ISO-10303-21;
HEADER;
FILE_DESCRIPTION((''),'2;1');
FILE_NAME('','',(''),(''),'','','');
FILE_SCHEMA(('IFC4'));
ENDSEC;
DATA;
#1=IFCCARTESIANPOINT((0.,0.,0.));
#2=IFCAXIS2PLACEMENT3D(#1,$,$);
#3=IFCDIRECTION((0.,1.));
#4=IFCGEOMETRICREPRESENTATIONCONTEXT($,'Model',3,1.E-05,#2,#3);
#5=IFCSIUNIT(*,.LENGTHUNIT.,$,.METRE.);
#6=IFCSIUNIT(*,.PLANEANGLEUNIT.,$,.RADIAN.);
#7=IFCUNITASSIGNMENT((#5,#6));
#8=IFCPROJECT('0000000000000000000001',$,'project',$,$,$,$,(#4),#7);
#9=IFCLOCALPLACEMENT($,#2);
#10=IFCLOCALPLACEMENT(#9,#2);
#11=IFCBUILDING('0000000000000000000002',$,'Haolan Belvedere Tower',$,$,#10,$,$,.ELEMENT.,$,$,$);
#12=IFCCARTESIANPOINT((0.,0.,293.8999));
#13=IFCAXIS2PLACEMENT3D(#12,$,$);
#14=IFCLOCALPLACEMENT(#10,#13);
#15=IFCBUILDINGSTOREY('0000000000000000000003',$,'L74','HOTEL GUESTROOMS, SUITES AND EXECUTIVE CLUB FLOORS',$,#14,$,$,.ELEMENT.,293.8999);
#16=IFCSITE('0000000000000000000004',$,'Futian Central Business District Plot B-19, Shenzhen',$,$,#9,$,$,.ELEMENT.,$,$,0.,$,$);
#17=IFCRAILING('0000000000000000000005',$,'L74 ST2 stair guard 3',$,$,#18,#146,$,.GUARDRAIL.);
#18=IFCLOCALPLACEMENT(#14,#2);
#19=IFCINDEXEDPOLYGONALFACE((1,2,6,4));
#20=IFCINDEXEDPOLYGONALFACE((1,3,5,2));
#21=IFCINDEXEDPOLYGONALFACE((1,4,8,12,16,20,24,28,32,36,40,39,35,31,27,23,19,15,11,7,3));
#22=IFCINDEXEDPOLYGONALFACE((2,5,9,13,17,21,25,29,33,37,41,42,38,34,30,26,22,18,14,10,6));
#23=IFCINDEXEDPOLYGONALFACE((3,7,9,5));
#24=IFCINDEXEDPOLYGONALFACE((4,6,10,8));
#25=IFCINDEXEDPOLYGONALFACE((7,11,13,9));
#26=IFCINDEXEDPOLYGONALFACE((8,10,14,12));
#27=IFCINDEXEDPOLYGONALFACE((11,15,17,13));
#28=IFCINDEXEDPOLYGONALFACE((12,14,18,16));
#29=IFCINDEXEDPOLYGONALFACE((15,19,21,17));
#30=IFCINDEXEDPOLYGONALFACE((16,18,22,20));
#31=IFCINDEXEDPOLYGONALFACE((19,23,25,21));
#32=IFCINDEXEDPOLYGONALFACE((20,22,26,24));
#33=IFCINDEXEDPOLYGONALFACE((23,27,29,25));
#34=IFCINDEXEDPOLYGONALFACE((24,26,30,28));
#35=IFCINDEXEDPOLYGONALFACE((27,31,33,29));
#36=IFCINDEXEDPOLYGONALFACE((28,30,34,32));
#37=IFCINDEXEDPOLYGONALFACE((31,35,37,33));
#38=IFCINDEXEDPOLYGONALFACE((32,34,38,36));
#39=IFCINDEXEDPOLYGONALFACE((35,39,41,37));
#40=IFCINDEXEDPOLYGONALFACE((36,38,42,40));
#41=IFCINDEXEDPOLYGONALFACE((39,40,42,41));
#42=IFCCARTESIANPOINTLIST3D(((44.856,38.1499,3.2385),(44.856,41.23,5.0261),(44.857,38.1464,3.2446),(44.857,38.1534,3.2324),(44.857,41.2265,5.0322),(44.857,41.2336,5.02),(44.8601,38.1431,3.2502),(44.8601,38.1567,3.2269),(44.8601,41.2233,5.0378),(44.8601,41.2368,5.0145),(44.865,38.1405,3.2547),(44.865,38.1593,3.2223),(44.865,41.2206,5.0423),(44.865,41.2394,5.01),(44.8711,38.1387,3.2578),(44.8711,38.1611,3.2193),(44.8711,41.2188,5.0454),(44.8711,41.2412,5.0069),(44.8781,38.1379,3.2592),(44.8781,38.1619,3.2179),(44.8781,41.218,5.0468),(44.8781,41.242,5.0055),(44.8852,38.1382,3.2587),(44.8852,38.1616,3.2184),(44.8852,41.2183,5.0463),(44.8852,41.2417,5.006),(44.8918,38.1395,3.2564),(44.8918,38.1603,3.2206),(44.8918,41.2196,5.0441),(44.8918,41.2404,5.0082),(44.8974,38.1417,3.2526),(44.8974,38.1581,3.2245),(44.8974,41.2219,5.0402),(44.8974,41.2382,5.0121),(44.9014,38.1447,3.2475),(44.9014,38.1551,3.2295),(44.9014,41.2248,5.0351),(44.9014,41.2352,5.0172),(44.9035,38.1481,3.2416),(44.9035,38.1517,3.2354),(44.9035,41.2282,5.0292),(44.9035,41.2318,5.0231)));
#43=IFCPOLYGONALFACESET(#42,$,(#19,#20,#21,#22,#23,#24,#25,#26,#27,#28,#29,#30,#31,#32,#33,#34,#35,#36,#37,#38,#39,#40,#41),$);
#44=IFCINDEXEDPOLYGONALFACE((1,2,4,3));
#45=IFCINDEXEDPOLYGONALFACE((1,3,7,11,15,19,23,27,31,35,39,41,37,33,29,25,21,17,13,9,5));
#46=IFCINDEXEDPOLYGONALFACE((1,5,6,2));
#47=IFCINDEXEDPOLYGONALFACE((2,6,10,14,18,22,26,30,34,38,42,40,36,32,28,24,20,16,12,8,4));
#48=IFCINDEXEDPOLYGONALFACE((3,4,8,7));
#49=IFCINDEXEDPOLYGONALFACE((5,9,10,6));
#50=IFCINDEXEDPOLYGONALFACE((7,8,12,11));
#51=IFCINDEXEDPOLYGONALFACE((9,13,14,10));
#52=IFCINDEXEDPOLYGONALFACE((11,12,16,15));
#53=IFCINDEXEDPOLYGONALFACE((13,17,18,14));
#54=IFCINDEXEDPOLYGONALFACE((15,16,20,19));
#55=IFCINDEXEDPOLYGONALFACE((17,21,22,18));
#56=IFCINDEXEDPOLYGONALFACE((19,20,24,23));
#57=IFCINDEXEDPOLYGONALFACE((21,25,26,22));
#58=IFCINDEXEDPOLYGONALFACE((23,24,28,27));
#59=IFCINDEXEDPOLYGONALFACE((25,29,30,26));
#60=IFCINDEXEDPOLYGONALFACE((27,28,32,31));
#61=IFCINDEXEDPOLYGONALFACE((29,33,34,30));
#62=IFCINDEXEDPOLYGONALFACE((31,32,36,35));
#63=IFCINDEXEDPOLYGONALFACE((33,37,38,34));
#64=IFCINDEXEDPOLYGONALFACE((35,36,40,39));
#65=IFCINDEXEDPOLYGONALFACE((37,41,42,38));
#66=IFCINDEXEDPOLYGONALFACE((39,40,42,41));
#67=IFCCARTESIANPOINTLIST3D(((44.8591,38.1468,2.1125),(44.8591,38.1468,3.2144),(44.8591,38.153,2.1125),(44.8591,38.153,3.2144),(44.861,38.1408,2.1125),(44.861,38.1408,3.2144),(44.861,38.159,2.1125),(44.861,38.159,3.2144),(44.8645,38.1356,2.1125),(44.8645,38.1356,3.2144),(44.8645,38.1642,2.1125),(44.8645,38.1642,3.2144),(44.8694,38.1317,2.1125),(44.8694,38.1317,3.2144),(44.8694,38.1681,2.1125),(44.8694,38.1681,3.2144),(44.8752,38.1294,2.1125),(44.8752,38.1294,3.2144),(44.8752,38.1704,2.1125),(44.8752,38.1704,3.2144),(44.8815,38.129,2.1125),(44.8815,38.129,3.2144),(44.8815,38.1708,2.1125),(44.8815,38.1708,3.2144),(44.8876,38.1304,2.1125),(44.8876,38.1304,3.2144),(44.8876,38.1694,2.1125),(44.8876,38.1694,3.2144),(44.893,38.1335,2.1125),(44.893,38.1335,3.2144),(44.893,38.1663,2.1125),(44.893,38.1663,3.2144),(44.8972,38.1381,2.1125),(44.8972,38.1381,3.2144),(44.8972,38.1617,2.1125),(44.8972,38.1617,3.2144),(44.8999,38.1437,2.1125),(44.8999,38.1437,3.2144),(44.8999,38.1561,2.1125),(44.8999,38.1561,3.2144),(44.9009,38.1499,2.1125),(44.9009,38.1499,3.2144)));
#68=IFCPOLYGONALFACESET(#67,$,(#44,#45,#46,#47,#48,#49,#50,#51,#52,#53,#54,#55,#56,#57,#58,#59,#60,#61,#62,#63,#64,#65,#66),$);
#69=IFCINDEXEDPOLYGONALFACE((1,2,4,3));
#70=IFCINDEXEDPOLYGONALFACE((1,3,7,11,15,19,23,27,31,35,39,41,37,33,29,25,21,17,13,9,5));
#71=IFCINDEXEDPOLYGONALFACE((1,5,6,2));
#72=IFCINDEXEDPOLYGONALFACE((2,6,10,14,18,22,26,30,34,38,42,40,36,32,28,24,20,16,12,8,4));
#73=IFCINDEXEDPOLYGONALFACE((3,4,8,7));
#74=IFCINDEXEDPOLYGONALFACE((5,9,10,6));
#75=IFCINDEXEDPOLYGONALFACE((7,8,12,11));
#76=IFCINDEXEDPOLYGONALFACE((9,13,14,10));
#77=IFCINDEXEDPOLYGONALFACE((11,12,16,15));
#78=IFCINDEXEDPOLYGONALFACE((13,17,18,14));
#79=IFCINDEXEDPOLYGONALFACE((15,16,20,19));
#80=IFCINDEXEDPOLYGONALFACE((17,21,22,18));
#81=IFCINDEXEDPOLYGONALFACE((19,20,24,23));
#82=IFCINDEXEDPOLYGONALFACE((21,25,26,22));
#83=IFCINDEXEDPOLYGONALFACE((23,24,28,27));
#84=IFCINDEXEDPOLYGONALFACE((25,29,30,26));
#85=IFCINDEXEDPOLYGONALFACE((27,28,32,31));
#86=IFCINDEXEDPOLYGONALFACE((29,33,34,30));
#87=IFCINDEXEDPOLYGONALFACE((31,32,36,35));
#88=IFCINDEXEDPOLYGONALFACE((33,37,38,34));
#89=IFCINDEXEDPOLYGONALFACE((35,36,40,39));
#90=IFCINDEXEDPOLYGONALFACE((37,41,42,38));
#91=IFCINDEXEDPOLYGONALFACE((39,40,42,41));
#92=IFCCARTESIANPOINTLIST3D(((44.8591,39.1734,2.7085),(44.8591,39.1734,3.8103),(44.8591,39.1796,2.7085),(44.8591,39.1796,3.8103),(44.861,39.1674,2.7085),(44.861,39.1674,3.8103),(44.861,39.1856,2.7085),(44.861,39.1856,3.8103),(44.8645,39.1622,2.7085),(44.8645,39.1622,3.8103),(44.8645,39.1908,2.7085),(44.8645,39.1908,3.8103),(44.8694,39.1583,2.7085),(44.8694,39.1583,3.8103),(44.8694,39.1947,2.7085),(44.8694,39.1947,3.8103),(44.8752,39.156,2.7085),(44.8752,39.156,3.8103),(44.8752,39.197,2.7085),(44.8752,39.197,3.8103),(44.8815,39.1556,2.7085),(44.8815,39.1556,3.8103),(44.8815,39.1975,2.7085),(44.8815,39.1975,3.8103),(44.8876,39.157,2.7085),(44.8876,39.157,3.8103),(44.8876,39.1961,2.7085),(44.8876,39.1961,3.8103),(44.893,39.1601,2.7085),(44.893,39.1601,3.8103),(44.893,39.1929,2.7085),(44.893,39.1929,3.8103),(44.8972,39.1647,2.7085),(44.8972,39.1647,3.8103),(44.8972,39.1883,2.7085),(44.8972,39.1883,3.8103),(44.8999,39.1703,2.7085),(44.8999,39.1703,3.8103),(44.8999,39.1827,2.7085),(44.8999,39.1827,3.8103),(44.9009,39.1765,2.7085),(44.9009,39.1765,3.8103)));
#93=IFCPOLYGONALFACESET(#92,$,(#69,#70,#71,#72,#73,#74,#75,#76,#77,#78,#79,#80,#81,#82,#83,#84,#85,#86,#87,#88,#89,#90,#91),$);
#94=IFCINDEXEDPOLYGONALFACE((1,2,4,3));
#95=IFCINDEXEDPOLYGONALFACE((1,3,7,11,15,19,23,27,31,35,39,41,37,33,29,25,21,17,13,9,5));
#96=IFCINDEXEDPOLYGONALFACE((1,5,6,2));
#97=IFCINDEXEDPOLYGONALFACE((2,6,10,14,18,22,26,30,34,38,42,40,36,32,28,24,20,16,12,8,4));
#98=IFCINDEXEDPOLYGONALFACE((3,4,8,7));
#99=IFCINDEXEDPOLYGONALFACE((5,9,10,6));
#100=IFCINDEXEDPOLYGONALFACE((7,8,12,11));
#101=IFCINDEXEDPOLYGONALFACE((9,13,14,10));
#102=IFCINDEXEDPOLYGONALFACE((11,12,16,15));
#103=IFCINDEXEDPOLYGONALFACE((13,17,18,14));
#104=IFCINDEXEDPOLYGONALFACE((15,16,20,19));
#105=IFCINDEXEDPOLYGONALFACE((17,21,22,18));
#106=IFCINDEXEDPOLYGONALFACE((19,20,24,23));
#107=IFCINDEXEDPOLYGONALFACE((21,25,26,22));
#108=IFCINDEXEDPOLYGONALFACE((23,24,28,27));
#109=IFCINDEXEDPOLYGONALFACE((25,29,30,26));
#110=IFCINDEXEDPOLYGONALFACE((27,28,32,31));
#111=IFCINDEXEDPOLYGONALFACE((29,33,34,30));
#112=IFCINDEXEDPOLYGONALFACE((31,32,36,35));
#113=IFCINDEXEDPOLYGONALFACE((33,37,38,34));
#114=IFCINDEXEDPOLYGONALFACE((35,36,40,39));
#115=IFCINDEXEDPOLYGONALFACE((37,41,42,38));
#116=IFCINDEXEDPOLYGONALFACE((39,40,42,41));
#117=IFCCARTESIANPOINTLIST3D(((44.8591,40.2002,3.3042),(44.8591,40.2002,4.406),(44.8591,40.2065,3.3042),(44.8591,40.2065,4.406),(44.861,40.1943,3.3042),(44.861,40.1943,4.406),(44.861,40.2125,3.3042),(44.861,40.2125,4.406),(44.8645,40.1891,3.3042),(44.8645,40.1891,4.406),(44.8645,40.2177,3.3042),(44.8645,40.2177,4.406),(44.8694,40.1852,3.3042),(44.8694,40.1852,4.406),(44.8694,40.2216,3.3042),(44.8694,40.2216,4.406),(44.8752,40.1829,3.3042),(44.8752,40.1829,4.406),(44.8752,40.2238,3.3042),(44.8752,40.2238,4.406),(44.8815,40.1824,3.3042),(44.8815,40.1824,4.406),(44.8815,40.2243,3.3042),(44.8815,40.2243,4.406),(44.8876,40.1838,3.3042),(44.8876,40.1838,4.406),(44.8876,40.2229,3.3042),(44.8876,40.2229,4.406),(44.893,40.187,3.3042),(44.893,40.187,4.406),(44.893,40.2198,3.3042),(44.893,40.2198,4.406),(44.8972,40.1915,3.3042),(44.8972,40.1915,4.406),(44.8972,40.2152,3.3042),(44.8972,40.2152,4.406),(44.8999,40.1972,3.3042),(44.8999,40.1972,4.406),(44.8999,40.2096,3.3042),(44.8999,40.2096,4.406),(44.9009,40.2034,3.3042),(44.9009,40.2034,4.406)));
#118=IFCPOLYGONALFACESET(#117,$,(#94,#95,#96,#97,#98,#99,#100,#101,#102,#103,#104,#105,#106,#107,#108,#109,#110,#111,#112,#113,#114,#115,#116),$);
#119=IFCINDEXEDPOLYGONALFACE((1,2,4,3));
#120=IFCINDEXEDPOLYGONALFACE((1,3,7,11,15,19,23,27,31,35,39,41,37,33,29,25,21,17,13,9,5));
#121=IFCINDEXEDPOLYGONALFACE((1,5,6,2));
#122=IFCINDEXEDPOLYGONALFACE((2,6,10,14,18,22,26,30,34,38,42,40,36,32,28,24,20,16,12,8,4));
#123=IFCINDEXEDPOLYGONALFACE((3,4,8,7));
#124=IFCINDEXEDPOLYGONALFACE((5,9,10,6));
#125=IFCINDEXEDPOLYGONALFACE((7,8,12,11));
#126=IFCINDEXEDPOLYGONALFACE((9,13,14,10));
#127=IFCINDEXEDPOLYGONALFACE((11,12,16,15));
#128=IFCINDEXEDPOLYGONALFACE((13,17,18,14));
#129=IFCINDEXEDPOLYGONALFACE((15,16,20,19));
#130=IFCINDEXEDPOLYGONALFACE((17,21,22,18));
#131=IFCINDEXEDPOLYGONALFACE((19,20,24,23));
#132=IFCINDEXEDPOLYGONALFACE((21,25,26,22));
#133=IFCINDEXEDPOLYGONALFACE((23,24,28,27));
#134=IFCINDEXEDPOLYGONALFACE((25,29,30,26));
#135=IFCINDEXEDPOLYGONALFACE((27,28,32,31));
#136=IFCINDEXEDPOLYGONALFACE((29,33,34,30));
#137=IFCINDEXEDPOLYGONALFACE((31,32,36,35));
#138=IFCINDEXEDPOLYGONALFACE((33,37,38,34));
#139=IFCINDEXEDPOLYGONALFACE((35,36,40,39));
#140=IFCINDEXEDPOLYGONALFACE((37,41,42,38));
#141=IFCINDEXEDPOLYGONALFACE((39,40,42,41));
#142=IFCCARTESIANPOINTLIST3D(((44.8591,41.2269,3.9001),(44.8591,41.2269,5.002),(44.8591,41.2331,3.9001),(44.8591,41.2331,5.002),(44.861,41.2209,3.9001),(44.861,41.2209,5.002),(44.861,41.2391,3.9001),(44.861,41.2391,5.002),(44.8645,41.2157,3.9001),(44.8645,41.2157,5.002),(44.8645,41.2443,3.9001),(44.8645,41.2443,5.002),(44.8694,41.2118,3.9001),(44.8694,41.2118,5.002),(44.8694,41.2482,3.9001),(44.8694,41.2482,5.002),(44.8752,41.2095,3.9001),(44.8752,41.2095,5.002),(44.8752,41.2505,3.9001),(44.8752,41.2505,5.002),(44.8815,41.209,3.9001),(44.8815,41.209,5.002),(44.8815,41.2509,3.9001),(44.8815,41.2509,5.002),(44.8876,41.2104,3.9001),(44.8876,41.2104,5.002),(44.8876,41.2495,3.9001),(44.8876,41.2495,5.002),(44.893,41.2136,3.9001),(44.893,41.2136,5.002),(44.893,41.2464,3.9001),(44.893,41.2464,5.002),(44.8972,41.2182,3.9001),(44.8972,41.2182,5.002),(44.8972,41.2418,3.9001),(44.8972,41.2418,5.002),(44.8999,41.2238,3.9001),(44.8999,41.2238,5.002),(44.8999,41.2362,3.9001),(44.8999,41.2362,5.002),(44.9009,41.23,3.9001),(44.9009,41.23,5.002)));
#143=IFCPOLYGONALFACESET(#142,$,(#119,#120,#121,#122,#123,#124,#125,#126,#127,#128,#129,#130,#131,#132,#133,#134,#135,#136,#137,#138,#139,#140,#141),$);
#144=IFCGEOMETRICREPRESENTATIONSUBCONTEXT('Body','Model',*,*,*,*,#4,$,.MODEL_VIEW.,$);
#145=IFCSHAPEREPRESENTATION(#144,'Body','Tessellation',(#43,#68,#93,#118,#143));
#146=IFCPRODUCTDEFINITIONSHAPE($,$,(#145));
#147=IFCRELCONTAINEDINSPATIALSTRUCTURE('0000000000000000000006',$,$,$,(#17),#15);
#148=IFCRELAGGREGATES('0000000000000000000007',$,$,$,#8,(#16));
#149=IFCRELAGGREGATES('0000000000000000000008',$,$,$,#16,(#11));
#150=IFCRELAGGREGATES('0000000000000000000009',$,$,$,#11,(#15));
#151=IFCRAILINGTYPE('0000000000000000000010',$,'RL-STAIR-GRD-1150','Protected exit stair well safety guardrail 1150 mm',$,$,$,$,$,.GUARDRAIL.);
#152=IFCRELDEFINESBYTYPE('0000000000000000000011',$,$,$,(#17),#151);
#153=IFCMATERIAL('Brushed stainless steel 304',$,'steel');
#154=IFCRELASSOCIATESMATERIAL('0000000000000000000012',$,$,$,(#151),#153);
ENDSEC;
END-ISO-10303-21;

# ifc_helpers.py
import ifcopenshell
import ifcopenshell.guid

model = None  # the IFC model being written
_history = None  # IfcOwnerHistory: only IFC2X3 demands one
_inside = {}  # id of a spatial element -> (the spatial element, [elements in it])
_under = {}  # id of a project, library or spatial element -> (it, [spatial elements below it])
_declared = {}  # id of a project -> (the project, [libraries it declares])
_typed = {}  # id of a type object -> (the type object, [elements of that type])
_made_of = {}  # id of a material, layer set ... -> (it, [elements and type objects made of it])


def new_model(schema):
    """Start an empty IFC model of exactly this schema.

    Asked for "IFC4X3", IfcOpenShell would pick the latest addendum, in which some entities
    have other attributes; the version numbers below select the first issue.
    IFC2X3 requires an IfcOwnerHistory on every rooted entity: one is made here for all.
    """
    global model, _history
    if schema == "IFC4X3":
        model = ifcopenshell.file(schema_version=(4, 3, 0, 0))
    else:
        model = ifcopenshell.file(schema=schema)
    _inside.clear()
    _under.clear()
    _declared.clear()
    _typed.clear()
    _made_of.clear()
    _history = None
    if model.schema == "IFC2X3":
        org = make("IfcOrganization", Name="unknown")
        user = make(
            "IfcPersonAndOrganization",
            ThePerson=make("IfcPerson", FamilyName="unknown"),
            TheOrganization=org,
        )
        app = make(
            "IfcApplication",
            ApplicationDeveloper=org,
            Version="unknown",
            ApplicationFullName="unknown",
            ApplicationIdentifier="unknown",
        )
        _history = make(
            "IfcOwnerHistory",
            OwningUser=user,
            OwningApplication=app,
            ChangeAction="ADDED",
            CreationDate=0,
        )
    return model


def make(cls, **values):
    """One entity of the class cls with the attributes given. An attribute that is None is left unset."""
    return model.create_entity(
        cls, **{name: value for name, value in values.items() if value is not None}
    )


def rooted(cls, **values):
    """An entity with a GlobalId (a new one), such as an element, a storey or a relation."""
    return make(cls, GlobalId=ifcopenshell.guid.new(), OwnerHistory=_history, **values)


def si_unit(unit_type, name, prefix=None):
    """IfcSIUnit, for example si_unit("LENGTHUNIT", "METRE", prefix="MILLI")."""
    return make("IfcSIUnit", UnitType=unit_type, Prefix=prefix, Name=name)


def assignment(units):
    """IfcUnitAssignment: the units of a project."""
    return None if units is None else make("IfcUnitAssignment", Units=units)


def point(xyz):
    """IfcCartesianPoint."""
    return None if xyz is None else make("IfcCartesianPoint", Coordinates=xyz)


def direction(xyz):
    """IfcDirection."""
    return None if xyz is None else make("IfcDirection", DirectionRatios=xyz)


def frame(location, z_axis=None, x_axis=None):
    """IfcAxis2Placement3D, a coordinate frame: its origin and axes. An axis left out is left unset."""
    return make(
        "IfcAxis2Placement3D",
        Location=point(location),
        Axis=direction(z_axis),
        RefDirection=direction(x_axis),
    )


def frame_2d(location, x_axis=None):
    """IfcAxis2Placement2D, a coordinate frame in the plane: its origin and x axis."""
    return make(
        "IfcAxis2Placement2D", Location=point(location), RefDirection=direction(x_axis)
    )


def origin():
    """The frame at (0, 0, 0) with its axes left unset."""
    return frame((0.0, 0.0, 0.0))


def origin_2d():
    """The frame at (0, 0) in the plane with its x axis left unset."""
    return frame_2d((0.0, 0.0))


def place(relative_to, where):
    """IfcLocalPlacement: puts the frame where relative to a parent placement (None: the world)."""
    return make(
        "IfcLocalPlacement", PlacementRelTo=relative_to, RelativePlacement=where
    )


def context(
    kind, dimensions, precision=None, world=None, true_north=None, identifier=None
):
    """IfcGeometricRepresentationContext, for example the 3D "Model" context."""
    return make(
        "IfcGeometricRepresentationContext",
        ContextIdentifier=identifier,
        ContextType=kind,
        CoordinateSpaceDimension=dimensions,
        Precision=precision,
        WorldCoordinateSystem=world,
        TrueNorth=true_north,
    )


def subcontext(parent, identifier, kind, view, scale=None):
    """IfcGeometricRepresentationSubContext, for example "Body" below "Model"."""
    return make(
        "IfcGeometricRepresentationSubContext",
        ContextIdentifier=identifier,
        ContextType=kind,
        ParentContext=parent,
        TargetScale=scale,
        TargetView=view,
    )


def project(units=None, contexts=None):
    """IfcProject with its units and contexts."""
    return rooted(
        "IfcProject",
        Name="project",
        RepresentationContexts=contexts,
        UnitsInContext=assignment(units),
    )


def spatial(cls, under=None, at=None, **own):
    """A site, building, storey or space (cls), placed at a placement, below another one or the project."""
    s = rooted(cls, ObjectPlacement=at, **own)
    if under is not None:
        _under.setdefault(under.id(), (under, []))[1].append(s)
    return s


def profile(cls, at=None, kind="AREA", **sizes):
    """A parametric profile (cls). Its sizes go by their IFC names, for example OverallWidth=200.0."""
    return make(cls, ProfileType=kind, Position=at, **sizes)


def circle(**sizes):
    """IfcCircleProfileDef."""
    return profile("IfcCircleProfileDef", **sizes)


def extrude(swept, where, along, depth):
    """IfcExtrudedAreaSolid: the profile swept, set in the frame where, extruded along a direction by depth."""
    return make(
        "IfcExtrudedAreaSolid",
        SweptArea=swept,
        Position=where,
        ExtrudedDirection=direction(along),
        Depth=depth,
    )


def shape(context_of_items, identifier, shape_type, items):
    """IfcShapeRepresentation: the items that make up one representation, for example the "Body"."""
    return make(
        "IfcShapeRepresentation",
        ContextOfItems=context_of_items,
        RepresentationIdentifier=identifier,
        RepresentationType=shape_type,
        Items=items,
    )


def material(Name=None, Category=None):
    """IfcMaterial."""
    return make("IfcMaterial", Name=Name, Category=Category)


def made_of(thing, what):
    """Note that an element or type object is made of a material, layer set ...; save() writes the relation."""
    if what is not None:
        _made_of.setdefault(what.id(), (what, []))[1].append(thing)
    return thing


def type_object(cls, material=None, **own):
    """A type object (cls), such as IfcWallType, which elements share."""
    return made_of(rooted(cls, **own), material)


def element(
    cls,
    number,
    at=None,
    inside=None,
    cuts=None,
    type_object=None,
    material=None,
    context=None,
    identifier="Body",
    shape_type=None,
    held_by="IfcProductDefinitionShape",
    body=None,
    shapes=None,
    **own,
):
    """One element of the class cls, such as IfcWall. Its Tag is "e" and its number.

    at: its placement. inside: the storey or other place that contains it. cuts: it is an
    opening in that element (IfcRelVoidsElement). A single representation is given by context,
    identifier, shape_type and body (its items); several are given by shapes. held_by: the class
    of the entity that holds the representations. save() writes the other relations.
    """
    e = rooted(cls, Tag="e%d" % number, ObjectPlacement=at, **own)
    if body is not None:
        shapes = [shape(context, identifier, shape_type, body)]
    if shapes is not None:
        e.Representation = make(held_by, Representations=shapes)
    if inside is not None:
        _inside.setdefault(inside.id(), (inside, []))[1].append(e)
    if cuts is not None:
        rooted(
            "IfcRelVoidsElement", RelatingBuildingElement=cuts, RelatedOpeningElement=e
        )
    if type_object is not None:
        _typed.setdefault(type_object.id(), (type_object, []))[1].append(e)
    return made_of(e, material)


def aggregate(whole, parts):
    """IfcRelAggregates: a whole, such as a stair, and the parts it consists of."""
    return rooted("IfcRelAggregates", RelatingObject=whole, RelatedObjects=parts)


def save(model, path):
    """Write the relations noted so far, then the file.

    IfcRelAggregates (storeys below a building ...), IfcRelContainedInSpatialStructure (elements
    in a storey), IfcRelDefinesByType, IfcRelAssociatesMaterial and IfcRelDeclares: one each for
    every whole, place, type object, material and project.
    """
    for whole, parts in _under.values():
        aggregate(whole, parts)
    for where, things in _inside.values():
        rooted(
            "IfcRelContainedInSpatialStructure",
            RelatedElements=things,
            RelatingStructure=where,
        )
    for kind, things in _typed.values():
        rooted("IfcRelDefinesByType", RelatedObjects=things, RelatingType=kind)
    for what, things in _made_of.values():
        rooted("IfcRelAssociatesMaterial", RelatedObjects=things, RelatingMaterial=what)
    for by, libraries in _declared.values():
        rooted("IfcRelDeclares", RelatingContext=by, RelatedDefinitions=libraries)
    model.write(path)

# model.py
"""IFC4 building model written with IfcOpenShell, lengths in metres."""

from ifc_helpers import new_model, si_unit, direction, frame, origin, origin_2d, place, context, subcontext, project, spatial, circle, extrude, material, type_object, element, save


model = new_model("IFC4")

# Units and contexts
model_context = context("Model", 3, precision=1e-05, world=origin(), true_north=direction((0.0, 1.0)))
body_context = subcontext(model_context, "Body", "Model", "MODEL_VIEW")
ifc_project = project(units=[si_unit("LENGTHUNIT", "METRE"), si_unit("PLANEANGLEUNIT", "RADIAN")], contexts=[model_context])

# Site, building, storey
site_placement = place(None, origin())
site = spatial("IfcSite", under=ifc_project, at=site_placement, Name="Futian Central Business District Plot B-19, Shenzhen", CompositionType="ELEMENT", RefElevation=0.0)
building_placement = place(site_placement, origin())
building = spatial("IfcBuilding", under=site, at=building_placement, Name="Haolan Belvedere Tower", CompositionType="ELEMENT")
storey_placement = place(building_placement, frame((0.0, 0.0, 293.8999)))
storey = spatial("IfcBuildingStorey", under=building, at=storey_placement, Name="L74", Description="HOTEL GUESTROOMS, SUITES AND EXECUTIVE CLUB FLOORS", CompositionType="ELEMENT", Elevation=293.8999)

# Railing
ifc_material_1 = material(Name="Brushed stainless steel 304", Category="steel")
railing_type_1 = type_object("IfcRailingType", Name="RL-STAIR-GRD-1150", Description="Protected exit stair well safety guardrail 1150 mm", PredefinedType="GUARDRAIL", material=ifc_material_1)
railing_1_placement = place(storey_placement, frame((44.8799, 38.1499, 2.1125)))
element("IfcRailing", 1, at=railing_1_placement, inside=storey, type_object=railing_type_1, Name="L74 ST2 stair guard 3", PredefinedType="GUARDRAIL", context=body_context, shape_type="SweptSolid", body=[
    extrude(circle(Radius=0.0239, at=origin_2d()), frame((0.0, 0.0, 1.126), z_axis=(0.0, 0.864891, 0.50196), x_axis=(-1.0, 0.0, 0.0)), (0.0, 0.0, 1.0), 3.5613),
    extrude(circle(Radius=0.021, at=origin_2d()), origin(), (0.0, 0.0, 1.0), 1.1018),
    extrude(circle(Radius=0.021, at=origin_2d()), frame((0.0, 1.0266, 0.5959)), (0.0, 0.0, 1.0), 1.1018),
    extrude(circle(Radius=0.021, at=origin_2d()), frame((0.0, 2.0535, 1.1917)), (0.0, 0.0, 1.0), 1.1018),
    extrude(circle(Radius=0.021, at=origin_2d()), frame((0.0, 3.0801, 1.7876)), (0.0, 0.0, 1.0), 1.1018),
])

save(model, "model.ifc")
